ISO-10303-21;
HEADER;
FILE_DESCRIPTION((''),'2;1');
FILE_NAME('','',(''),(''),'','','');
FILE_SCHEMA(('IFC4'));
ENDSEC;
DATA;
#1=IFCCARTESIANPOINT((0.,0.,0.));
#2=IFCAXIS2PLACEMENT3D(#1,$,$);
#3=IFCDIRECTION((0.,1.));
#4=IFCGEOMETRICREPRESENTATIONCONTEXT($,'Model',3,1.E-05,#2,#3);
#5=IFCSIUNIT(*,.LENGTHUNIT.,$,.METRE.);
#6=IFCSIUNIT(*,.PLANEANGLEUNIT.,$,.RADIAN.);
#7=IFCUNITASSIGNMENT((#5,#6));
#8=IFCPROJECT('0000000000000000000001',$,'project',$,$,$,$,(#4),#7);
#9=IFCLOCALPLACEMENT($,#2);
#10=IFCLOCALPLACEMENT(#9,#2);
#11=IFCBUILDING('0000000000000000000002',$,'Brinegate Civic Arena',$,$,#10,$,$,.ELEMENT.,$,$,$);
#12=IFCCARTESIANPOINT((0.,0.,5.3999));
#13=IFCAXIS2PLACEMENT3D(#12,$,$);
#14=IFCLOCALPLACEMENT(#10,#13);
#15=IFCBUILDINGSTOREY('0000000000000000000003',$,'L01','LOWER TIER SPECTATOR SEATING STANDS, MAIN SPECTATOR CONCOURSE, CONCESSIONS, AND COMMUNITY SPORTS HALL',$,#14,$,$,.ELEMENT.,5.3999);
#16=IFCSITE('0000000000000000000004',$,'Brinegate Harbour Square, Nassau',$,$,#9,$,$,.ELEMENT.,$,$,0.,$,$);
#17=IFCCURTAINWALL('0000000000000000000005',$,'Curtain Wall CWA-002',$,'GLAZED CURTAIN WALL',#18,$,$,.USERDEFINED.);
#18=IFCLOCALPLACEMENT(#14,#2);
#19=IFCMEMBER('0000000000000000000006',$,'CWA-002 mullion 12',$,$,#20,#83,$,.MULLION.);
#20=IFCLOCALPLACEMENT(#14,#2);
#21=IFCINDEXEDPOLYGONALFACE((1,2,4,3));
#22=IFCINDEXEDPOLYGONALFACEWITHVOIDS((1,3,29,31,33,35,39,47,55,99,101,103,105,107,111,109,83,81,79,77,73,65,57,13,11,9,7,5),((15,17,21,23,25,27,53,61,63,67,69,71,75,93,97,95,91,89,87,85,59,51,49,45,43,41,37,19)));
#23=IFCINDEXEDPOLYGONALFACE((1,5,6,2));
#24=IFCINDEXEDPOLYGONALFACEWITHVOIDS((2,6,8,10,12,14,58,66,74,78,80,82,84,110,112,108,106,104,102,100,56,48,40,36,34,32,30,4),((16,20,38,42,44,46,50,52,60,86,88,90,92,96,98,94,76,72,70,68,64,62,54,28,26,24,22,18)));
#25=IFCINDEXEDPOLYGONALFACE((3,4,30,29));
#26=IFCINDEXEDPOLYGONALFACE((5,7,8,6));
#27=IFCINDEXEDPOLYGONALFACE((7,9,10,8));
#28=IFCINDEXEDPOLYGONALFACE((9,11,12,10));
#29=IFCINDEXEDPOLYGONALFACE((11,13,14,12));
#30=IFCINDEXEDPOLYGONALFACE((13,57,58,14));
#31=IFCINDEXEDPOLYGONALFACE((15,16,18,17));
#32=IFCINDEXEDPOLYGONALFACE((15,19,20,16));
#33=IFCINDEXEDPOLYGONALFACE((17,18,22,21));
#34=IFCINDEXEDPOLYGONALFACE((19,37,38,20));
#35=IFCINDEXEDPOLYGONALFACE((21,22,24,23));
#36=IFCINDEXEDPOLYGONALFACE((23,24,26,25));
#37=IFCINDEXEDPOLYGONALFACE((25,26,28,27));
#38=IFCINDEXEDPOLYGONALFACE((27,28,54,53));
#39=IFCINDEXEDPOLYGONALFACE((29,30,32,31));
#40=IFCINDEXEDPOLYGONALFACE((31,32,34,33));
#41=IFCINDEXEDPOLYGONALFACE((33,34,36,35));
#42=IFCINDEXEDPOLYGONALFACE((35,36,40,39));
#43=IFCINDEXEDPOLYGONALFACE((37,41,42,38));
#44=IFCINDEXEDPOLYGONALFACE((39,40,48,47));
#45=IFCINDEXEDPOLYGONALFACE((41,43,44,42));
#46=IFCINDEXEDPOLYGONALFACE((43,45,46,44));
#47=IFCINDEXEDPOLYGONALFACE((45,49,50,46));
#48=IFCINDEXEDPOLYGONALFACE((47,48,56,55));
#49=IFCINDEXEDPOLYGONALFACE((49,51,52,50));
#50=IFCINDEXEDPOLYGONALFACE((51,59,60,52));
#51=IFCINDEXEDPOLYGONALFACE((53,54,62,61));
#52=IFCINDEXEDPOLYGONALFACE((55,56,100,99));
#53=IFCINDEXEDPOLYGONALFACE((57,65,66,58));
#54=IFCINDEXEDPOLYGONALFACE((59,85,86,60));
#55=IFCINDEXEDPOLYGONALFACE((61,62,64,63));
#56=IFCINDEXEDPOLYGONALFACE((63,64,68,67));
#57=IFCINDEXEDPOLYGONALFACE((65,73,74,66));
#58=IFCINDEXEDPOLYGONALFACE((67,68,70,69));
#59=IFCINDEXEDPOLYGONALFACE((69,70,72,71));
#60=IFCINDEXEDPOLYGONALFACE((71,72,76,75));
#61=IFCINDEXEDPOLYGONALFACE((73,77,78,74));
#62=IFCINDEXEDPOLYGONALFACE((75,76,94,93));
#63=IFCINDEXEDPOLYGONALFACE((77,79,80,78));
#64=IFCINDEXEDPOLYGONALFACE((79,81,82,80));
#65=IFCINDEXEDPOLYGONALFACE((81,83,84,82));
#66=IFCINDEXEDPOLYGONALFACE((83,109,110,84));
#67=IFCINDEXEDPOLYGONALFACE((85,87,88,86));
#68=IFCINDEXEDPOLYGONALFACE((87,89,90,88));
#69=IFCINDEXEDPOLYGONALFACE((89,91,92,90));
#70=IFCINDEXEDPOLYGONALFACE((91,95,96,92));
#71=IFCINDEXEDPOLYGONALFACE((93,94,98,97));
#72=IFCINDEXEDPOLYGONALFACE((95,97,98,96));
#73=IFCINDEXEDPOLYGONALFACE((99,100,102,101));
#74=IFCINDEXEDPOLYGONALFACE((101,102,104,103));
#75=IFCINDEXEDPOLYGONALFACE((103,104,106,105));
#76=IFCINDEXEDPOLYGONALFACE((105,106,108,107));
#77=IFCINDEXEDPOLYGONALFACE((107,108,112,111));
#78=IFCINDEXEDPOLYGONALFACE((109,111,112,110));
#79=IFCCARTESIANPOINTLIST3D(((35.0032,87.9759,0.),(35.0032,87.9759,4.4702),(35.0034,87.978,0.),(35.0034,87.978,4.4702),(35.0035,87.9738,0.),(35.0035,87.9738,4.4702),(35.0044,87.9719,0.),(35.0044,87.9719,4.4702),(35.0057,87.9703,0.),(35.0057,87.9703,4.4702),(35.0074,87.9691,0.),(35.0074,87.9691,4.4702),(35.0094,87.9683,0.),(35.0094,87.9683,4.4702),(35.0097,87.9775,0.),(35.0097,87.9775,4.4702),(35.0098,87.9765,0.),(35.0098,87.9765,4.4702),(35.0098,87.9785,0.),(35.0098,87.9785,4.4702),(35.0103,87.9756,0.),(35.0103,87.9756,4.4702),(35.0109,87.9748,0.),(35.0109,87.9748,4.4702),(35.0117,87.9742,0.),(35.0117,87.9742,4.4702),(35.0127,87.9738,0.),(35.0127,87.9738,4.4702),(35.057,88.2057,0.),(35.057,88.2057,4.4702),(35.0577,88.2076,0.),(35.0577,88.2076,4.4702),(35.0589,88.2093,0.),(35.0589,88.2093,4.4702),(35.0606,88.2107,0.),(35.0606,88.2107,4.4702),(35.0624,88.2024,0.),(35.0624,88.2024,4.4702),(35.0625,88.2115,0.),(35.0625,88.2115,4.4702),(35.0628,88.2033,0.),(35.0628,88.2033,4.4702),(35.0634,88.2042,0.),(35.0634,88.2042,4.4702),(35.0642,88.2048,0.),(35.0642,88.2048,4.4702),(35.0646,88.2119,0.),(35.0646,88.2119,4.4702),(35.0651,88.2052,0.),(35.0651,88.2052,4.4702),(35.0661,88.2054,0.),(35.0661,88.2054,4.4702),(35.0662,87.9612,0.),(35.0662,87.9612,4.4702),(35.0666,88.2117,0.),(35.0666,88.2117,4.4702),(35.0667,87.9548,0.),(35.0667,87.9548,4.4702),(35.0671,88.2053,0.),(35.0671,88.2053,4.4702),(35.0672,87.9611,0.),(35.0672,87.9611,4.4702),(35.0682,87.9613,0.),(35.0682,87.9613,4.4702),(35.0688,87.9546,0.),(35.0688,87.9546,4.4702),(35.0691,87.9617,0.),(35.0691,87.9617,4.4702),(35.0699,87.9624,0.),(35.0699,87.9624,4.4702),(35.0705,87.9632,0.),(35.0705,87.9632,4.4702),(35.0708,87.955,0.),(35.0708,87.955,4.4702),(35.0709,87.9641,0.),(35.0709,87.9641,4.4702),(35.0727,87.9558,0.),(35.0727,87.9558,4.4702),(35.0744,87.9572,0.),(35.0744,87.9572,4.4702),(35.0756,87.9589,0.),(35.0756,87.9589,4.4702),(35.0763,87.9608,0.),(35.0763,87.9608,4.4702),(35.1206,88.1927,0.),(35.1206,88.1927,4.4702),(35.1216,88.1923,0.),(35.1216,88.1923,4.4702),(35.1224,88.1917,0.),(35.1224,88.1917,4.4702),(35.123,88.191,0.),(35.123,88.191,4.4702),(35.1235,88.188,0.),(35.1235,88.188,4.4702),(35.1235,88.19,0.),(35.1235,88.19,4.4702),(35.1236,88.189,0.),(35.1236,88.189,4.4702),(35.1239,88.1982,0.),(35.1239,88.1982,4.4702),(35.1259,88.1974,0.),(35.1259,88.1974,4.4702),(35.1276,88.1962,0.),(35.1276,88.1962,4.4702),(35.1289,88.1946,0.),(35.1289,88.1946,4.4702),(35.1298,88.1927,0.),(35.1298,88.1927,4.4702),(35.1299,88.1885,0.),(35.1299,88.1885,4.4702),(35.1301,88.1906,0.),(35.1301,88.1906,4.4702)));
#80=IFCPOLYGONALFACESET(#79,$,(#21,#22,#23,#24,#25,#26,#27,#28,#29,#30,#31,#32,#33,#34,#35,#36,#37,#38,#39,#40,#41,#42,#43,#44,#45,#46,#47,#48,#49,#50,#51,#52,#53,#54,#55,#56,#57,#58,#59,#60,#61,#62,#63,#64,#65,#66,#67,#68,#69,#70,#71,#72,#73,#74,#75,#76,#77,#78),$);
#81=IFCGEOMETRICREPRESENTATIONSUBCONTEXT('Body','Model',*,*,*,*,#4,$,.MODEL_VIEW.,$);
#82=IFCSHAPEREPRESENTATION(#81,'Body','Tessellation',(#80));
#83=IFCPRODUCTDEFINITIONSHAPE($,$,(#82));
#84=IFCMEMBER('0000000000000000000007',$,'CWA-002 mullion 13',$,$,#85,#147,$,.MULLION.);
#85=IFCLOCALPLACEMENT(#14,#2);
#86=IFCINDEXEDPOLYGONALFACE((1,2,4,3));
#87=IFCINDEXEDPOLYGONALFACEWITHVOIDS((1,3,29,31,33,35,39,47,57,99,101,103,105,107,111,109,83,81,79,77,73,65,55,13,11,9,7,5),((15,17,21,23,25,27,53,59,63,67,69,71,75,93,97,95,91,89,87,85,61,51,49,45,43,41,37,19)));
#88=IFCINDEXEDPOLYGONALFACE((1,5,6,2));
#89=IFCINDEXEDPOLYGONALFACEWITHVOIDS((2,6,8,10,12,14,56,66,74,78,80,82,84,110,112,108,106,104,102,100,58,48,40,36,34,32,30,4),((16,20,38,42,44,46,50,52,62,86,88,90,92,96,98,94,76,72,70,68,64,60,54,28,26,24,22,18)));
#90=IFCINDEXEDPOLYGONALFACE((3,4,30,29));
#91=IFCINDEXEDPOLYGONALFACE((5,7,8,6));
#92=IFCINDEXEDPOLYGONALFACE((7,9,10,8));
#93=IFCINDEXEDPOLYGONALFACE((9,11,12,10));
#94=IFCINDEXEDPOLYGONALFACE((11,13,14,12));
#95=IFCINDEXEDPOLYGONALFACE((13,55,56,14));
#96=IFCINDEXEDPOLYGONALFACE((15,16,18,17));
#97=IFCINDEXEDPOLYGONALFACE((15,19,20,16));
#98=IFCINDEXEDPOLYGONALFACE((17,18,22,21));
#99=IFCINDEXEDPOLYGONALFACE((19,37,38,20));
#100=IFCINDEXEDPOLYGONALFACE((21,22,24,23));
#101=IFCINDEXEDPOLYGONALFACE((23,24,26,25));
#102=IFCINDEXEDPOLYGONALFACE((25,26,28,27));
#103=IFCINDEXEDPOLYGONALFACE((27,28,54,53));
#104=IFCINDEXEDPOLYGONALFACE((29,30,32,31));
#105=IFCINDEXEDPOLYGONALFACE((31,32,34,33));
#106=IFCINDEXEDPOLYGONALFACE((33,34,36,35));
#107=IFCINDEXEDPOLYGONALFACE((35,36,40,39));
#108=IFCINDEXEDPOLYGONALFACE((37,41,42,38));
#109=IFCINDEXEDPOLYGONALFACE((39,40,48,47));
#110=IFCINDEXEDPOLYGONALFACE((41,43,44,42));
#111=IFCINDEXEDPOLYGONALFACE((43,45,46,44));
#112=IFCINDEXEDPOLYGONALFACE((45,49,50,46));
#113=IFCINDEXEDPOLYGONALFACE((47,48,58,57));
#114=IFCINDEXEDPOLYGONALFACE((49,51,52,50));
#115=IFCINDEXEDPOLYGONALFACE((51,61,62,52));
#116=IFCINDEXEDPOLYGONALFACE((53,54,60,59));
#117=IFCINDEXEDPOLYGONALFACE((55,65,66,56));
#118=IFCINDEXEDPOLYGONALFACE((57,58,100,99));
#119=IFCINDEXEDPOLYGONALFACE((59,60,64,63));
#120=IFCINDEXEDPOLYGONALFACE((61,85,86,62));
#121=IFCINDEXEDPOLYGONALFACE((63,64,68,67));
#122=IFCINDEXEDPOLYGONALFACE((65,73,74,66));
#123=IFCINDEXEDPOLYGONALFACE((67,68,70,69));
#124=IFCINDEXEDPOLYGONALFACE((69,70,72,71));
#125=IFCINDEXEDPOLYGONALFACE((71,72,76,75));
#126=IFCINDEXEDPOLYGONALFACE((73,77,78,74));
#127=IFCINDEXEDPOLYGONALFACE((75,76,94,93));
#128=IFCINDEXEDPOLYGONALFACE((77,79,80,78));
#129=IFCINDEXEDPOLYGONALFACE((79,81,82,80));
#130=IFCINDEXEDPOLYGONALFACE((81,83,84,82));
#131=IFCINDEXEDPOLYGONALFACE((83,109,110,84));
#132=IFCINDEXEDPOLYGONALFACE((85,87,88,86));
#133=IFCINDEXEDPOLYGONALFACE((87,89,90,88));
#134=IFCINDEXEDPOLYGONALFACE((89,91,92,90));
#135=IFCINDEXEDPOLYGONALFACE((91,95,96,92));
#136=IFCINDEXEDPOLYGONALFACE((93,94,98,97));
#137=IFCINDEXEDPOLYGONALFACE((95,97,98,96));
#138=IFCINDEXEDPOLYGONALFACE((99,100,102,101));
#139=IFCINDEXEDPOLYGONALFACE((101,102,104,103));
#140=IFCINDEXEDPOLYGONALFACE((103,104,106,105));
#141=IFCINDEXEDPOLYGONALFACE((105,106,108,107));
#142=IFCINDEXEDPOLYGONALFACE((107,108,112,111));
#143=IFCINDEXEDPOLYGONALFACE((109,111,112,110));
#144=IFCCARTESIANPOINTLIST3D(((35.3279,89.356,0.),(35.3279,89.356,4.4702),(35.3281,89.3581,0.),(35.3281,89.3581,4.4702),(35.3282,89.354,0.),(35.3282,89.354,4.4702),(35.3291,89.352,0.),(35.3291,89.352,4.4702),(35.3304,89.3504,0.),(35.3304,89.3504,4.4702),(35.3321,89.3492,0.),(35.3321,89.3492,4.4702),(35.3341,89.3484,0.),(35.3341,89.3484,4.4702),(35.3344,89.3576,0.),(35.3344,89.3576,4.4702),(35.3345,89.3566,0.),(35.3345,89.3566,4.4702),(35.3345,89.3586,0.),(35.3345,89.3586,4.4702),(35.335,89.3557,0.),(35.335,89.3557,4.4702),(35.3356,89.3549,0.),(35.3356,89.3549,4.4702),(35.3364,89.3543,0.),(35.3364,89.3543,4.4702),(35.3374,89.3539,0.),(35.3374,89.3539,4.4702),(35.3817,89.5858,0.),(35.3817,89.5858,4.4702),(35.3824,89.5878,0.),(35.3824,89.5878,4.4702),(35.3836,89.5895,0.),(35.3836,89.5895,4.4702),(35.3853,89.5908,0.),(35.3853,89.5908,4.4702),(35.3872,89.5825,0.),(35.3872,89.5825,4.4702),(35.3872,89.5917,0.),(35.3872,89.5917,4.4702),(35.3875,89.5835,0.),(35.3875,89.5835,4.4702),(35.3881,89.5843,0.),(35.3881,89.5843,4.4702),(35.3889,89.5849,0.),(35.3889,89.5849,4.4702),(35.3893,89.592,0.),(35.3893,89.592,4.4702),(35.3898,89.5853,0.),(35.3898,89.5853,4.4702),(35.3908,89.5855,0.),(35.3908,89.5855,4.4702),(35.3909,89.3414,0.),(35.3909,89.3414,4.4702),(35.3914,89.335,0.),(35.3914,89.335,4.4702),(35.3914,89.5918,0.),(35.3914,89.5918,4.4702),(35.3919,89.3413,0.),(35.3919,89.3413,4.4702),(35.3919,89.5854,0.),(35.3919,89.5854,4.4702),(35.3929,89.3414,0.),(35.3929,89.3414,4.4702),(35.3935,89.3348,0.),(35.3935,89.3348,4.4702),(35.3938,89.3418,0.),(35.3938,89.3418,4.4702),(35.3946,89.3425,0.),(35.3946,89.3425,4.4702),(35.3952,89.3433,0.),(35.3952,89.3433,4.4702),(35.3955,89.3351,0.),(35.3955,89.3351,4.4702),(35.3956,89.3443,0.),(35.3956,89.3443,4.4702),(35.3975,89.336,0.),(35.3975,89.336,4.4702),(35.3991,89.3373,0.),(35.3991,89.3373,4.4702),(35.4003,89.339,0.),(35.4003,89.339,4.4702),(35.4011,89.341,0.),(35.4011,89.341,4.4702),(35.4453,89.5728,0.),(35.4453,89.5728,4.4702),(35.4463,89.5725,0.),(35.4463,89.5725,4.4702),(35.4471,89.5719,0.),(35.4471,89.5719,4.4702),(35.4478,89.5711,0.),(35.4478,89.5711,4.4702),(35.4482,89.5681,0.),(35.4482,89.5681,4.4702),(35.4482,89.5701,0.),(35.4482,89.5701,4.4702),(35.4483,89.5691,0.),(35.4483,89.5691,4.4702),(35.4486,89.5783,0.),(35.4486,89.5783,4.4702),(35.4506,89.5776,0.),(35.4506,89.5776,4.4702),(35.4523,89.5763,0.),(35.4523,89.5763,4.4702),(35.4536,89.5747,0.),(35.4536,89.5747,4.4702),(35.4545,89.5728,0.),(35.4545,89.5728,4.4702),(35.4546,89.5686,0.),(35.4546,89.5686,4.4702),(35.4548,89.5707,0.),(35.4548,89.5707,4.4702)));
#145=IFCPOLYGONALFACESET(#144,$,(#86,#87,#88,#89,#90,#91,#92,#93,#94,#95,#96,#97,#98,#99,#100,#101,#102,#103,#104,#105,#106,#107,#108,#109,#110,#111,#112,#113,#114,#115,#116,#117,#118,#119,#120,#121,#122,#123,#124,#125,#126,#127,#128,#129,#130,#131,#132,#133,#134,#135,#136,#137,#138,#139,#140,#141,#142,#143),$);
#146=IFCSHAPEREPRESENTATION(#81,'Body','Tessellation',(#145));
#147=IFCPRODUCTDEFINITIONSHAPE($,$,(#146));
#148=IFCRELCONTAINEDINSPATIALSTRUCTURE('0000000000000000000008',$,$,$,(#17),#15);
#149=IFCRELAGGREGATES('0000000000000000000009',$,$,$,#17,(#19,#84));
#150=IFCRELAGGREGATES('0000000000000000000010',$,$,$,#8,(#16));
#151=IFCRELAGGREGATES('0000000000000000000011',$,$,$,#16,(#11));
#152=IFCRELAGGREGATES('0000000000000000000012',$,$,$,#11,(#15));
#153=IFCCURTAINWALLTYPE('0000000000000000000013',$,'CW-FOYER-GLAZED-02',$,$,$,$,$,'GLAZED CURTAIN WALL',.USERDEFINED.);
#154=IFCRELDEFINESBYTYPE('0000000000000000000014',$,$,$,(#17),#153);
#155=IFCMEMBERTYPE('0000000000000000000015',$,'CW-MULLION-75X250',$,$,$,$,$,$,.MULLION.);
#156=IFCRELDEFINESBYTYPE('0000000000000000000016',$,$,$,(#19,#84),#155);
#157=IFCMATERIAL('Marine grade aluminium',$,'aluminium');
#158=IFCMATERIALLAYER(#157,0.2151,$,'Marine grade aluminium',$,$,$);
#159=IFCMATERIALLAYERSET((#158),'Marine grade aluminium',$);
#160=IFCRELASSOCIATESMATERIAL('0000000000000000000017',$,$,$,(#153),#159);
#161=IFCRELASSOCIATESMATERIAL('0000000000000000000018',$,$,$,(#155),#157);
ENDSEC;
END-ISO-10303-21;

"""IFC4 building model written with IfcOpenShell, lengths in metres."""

from ifc_helpers import new_model, si_unit, direction, frame, origin, origin_2d, place, context, subcontext, project, spatial, hollow_rectangle, extrude, material, layer, layer_set, material_profile, profile_set, type_object, element, aggregate, save


model = new_model("IFC4")

# Units and contexts
model_context = context("Model", 3, precision=1e-05, world=origin(), true_north=direction((0.0, 1.0)))
body_context = subcontext(model_context, "Body", "Model", "MODEL_VIEW")
ifc_project = project(units=[si_unit("LENGTHUNIT", "METRE"), si_unit("PLANEANGLEUNIT", "RADIAN")], contexts=[model_context])

# Site, building, storey
site_placement = place(None, origin())
site = spatial("IfcSite", under=ifc_project, at=site_placement, Name="Brinegate Harbour Square, Nassau", CompositionType="ELEMENT", RefElevation=0.0)
building_placement = place(site_placement, origin())
building = spatial("IfcBuilding", under=site, at=building_placement, Name="Brinegate Civic Arena", CompositionType="ELEMENT")
storey_placement = place(building_placement, frame((0.0, 0.0, 5.3999)))
storey = spatial("IfcBuildingStorey", under=building, at=storey_placement, Name="L01", Description="LOWER TIER SPECTATOR SEATING STANDS, MAIN SPECTATOR CONCOURSE, CONCESSIONS, AND COMMUNITY SPORTS HALL", CompositionType="ELEMENT", Elevation=5.3999)

# Curtain wall, members
ifc_material_1 = material(Name="Marine grade aluminium", Category="aluminium")
ifc_layer_1 = layer(ifc_material_1, 0.2151, Name="Marine grade aluminium")
ifc_layer_set_1 = layer_set([ifc_layer_1], Name="Marine grade aluminium")
curtain_wall_type = type_object("IfcCurtainWallType", Name="CW-FOYER-GLAZED-02", ElementType="GLAZED CURTAIN WALL", PredefinedType="USERDEFINED", material=ifc_layer_set_1)
curtain_wall_placement = place(storey_placement, origin())
curtain_wall = element("IfcCurtainWall", 1, at=curtain_wall_placement, inside=storey, type_object=curtain_wall_type, Name="Curtain Wall CWA-002", ObjectType="GLAZED CURTAIN WALL", PredefinedType="USERDEFINED")
ifc_material_profile_1 = material_profile(ifc_material_1, hollow_rectangle(XDim=0.075, YDim=0.25, WallThickness=0.0061, InnerFilletRadius=0.0039, OuterFilletRadius=0.0081, at=origin_2d()), Name="MUL75X250")
ifc_profile_set_1 = profile_set([ifc_material_profile_1], Name="Marine grade aluminium")
member_type_1 = type_object("IfcMemberType", Name="CW-MULLION-75X250", PredefinedType="MULLION", material=ifc_profile_set_1)
member_1_placement = place(storey_placement, frame((35.0667, 88.0833, 0.0), z_axis=(0.0, 0.0, 1.0), x_axis=(-0.973417, 0.229039, 0.0)))
member_1 = element("IfcMember", 2, at=member_1_placement, type_object=member_type_1, Name="CWA-002 mullion 12", PredefinedType="MULLION", context=body_context, shape_type="SweptSolid", body=[
    extrude(hollow_rectangle(XDim=0.075, YDim=0.25, WallThickness=0.0061, InnerFilletRadius=0.0039, OuterFilletRadius=0.0081, at=origin_2d()), origin(), (0.0, 0.0, 1.0), 4.4702),
])
member_2_placement = place(storey_placement, frame((35.3914, 89.4634, 0.0), z_axis=(0.0, 0.0, 1.0), x_axis=(-0.973417, 0.229039, 0.0)))
member_2 = element("IfcMember", 3, at=member_2_placement, type_object=member_type_1, Name="CWA-002 mullion 13", PredefinedType="MULLION", context=body_context, shape_type="SweptSolid", body=[
    extrude(hollow_rectangle(XDim=0.075, YDim=0.25, WallThickness=0.0061, InnerFilletRadius=0.0039, OuterFilletRadius=0.0081, at=origin_2d()), origin(), (0.0, 0.0, 1.0), 4.4702),
])
aggregate(curtain_wall, [member_1, member_2])

save(model, "model.ifc")
